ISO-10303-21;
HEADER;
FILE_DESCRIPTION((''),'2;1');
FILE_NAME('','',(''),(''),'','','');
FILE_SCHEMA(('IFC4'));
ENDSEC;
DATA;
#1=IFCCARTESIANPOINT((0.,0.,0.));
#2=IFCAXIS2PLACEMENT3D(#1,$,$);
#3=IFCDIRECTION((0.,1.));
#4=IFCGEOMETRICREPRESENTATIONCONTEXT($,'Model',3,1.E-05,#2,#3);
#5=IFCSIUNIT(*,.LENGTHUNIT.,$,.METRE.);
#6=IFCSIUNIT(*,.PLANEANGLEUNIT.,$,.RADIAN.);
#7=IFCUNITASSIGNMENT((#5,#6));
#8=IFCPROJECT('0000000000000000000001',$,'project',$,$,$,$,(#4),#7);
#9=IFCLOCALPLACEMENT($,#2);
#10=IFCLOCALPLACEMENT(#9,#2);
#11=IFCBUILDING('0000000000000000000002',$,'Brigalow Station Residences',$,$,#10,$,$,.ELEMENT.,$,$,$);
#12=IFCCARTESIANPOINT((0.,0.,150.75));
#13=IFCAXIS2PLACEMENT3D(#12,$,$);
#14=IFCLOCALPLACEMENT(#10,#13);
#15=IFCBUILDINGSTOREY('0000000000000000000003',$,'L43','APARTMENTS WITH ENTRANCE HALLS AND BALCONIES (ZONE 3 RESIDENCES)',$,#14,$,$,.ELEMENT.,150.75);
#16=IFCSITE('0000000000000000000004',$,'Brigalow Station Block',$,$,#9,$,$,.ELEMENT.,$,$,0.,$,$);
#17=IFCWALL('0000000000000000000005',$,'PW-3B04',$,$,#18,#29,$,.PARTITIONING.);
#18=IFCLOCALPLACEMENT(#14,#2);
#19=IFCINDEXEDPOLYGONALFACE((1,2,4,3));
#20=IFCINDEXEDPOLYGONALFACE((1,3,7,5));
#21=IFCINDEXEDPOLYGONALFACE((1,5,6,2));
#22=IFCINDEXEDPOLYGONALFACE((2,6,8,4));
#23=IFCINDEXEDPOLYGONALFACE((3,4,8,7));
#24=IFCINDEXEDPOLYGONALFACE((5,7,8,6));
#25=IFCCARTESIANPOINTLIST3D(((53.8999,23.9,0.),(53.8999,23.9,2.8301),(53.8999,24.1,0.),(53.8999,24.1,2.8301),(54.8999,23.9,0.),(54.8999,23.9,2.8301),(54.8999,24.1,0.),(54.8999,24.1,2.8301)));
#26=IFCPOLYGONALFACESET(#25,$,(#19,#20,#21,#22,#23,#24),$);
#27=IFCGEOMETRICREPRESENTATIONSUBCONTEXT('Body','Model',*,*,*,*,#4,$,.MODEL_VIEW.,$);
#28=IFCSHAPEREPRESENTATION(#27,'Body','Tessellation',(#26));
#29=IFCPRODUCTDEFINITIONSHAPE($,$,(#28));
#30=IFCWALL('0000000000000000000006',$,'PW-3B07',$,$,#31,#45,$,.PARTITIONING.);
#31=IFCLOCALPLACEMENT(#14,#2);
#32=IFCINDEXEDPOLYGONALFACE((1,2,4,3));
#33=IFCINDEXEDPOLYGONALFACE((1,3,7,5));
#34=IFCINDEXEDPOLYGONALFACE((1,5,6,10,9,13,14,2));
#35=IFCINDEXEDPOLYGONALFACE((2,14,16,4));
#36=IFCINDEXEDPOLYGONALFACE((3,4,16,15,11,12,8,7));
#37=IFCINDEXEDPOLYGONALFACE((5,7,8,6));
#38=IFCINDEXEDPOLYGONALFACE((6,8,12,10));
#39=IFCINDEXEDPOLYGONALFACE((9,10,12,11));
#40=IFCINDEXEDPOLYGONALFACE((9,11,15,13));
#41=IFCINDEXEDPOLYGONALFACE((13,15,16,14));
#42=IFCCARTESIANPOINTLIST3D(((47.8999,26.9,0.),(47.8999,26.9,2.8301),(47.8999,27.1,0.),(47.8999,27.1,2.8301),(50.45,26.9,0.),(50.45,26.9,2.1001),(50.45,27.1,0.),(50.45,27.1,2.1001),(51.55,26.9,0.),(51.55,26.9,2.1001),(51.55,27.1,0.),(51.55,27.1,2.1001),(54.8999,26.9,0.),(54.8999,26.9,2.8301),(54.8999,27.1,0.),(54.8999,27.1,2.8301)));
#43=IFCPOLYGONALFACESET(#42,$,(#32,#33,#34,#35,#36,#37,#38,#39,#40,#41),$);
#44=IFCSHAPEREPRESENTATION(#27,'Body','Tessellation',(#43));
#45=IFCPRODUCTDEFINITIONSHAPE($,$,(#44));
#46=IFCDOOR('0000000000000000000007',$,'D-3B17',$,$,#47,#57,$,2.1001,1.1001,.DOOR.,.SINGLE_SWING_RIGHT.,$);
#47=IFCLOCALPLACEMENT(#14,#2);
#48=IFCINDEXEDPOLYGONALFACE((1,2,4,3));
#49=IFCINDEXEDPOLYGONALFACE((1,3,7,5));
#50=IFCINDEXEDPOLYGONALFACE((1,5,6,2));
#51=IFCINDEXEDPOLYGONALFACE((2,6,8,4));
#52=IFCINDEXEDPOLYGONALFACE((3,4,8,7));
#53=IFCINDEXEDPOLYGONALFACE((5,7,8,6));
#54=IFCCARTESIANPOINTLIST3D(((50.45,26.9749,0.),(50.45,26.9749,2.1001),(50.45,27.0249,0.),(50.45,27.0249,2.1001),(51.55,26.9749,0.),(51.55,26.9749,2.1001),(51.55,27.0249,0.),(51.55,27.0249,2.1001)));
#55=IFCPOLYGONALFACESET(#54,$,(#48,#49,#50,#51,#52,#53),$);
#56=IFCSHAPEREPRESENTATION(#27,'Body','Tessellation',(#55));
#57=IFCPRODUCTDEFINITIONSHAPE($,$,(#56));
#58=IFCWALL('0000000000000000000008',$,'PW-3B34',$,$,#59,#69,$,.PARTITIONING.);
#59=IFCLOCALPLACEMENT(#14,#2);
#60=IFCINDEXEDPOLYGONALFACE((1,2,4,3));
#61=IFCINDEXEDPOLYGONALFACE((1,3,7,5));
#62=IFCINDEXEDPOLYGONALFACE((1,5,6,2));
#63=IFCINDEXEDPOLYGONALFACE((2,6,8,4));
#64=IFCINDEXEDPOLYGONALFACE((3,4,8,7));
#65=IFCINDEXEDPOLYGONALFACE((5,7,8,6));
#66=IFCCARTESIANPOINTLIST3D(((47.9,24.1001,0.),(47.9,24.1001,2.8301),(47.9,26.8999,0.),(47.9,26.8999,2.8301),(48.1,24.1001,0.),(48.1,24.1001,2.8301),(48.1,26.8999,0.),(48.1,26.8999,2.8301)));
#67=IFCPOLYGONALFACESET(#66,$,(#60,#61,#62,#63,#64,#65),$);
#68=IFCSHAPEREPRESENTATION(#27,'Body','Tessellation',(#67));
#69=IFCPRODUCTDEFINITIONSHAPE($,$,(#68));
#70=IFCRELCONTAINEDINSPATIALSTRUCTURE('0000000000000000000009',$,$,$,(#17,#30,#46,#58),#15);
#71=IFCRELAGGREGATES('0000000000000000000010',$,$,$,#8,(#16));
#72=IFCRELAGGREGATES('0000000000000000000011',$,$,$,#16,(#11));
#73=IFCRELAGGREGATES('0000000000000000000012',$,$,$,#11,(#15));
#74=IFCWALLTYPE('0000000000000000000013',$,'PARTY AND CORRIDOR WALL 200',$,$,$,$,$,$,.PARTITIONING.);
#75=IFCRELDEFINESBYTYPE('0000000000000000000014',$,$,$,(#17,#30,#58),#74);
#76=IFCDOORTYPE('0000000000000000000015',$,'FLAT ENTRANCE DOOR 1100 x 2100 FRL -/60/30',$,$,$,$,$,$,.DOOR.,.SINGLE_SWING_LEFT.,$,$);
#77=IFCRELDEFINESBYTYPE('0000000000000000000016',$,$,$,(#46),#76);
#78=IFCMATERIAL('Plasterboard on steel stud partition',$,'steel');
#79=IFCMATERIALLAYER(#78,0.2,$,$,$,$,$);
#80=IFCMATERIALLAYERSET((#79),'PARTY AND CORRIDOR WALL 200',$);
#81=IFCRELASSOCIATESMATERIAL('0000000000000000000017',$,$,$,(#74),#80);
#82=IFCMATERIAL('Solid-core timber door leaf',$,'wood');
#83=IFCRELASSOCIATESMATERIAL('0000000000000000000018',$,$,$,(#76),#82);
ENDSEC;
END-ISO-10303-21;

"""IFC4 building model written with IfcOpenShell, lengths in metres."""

from ifc_helpers import new_model, si_unit, direction, frame, frame_2d, origin, place, context, subcontext, project, spatial, rectangle, extrude, material, layer, layer_set, type_object, element, fill, save


model = new_model("IFC4")

# Units and contexts
model_context = context("Model", 3, precision=1e-05, world=origin(), true_north=direction((0.0, 1.0)))
body_context = subcontext(model_context, "Body", "Model", "MODEL_VIEW")
ifc_project = project(units=[si_unit("LENGTHUNIT", "METRE"), si_unit("PLANEANGLEUNIT", "RADIAN")], contexts=[model_context])

# Site, building, storey
site_placement = place(None, origin())
site = spatial("IfcSite", under=ifc_project, at=site_placement, Name="Brigalow Station Block", CompositionType="ELEMENT", RefElevation=0.0)
building_placement = place(site_placement, origin())
building = spatial("IfcBuilding", under=site, at=building_placement, Name="Brigalow Station Residences", CompositionType="ELEMENT")
storey_placement = place(building_placement, frame((0.0, 0.0, 150.75)))
storey = spatial("IfcBuildingStorey", under=building, at=storey_placement, Name="L43", Description="APARTMENTS WITH ENTRANCE HALLS AND BALCONIES (ZONE 3 RESIDENCES)", CompositionType="ELEMENT", Elevation=150.75)

# Wall
ifc_material_1 = material(Name="Plasterboard on steel stud partition", Category="steel")
ifc_layer_1 = layer(ifc_material_1, 0.2)
ifc_layer_set_1 = layer_set([ifc_layer_1], Name="PARTY AND CORRIDOR WALL 200")
wall_type_1 = type_object("IfcWallType", Name="PARTY AND CORRIDOR WALL 200", PredefinedType="PARTITIONING", material=ifc_layer_set_1)
wall_1_placement = place(storey_placement, frame((53.8999, 24.0, 0.0), z_axis=(0.0, 0.0, 1.0), x_axis=(1.0, 0.0, 0.0)))
element("IfcWall", 1, at=wall_1_placement, inside=storey, type_object=wall_type_1, Name="PW-3B04", PredefinedType="PARTITIONING", context=body_context, shape_type="SweptSolid", body=[
    extrude(rectangle(XDim=1.0, YDim=0.2, at=frame_2d((0.5, 0.0))), origin(), (0.0, 0.0, 1.0), 2.8301),
])

# Wall, opening, door
wall_2_placement = place(storey_placement, frame((47.8999, 27.0, 0.0), z_axis=(0.0, 0.0, 1.0), x_axis=(1.0, 0.0, 0.0)))
wall_2 = element("IfcWall", 2, at=wall_2_placement, inside=storey, type_object=wall_type_1, Name="PW-3B07", PredefinedType="PARTITIONING", context=body_context, shape_type="SweptSolid", body=[
    extrude(rectangle(XDim=7.0, YDim=0.2, at=frame_2d((3.5, 0.0))), origin(), (0.0, 0.0, 1.0), 2.8301),
])
opening_1_placement = place(wall_2_placement, frame((2.55, 0.0, 0.0)))
opening_1 = element("IfcOpeningElement", 3, at=opening_1_placement, cuts=wall_2, PredefinedType="OPENING", context=body_context, shape_type="SweptSolid", body=[
    extrude(rectangle(XDim=1.1001, YDim=2.1001, at=frame_2d((0.55, 1.05))), frame((0.0, 0.1099, 0.0), z_axis=(0.0, -1.0, 0.0), x_axis=(1.0, 0.0, 0.0)), (0.0, 0.0, 1.0), 0.22),
])
ifc_material_2 = material(Name="Solid-core timber door leaf", Category="wood")
door_type_1 = type_object("IfcDoorType", Name="FLAT ENTRANCE DOOR 1100 x 2100 FRL -/60/30", OperationType="SINGLE_SWING_LEFT", PredefinedType="DOOR", material=ifc_material_2)
door_1_placement = place(opening_1_placement, origin())
door_1 = element("IfcDoor", 4, at=door_1_placement, inside=storey, type_object=door_type_1, Name="D-3B17", OperationType="SINGLE_SWING_RIGHT", OverallHeight=2.1001, OverallWidth=1.1001, PredefinedType="DOOR", context=body_context, shape_type="SweptSolid", body=[
    extrude(rectangle(XDim=1.1001, YDim=2.1001, at=frame_2d((0.55, 1.05))), frame((0.0, 0.0249, 0.0), z_axis=(0.0, -1.0, 0.0), x_axis=(1.0, 0.0, 0.0)), (0.0, 0.0, 1.0), 0.05),
])
fill(opening_1, door_1)

# Wall
wall_3_placement = place(storey_placement, frame((48.0, 24.1001, 0.0), z_axis=(0.0, 0.0, 1.0), x_axis=(0.0, 1.0, 0.0)))
element("IfcWall", 5, at=wall_3_placement, inside=storey, type_object=wall_type_1, Name="PW-3B34", PredefinedType="PARTITIONING", context=body_context, shape_type="SweptSolid", body=[
    extrude(rectangle(XDim=2.7998, YDim=0.2, at=frame_2d((1.3999, 0.0))), origin(), (0.0, 0.0, 1.0), 2.8301),
])

save(model, "model.ifc")
